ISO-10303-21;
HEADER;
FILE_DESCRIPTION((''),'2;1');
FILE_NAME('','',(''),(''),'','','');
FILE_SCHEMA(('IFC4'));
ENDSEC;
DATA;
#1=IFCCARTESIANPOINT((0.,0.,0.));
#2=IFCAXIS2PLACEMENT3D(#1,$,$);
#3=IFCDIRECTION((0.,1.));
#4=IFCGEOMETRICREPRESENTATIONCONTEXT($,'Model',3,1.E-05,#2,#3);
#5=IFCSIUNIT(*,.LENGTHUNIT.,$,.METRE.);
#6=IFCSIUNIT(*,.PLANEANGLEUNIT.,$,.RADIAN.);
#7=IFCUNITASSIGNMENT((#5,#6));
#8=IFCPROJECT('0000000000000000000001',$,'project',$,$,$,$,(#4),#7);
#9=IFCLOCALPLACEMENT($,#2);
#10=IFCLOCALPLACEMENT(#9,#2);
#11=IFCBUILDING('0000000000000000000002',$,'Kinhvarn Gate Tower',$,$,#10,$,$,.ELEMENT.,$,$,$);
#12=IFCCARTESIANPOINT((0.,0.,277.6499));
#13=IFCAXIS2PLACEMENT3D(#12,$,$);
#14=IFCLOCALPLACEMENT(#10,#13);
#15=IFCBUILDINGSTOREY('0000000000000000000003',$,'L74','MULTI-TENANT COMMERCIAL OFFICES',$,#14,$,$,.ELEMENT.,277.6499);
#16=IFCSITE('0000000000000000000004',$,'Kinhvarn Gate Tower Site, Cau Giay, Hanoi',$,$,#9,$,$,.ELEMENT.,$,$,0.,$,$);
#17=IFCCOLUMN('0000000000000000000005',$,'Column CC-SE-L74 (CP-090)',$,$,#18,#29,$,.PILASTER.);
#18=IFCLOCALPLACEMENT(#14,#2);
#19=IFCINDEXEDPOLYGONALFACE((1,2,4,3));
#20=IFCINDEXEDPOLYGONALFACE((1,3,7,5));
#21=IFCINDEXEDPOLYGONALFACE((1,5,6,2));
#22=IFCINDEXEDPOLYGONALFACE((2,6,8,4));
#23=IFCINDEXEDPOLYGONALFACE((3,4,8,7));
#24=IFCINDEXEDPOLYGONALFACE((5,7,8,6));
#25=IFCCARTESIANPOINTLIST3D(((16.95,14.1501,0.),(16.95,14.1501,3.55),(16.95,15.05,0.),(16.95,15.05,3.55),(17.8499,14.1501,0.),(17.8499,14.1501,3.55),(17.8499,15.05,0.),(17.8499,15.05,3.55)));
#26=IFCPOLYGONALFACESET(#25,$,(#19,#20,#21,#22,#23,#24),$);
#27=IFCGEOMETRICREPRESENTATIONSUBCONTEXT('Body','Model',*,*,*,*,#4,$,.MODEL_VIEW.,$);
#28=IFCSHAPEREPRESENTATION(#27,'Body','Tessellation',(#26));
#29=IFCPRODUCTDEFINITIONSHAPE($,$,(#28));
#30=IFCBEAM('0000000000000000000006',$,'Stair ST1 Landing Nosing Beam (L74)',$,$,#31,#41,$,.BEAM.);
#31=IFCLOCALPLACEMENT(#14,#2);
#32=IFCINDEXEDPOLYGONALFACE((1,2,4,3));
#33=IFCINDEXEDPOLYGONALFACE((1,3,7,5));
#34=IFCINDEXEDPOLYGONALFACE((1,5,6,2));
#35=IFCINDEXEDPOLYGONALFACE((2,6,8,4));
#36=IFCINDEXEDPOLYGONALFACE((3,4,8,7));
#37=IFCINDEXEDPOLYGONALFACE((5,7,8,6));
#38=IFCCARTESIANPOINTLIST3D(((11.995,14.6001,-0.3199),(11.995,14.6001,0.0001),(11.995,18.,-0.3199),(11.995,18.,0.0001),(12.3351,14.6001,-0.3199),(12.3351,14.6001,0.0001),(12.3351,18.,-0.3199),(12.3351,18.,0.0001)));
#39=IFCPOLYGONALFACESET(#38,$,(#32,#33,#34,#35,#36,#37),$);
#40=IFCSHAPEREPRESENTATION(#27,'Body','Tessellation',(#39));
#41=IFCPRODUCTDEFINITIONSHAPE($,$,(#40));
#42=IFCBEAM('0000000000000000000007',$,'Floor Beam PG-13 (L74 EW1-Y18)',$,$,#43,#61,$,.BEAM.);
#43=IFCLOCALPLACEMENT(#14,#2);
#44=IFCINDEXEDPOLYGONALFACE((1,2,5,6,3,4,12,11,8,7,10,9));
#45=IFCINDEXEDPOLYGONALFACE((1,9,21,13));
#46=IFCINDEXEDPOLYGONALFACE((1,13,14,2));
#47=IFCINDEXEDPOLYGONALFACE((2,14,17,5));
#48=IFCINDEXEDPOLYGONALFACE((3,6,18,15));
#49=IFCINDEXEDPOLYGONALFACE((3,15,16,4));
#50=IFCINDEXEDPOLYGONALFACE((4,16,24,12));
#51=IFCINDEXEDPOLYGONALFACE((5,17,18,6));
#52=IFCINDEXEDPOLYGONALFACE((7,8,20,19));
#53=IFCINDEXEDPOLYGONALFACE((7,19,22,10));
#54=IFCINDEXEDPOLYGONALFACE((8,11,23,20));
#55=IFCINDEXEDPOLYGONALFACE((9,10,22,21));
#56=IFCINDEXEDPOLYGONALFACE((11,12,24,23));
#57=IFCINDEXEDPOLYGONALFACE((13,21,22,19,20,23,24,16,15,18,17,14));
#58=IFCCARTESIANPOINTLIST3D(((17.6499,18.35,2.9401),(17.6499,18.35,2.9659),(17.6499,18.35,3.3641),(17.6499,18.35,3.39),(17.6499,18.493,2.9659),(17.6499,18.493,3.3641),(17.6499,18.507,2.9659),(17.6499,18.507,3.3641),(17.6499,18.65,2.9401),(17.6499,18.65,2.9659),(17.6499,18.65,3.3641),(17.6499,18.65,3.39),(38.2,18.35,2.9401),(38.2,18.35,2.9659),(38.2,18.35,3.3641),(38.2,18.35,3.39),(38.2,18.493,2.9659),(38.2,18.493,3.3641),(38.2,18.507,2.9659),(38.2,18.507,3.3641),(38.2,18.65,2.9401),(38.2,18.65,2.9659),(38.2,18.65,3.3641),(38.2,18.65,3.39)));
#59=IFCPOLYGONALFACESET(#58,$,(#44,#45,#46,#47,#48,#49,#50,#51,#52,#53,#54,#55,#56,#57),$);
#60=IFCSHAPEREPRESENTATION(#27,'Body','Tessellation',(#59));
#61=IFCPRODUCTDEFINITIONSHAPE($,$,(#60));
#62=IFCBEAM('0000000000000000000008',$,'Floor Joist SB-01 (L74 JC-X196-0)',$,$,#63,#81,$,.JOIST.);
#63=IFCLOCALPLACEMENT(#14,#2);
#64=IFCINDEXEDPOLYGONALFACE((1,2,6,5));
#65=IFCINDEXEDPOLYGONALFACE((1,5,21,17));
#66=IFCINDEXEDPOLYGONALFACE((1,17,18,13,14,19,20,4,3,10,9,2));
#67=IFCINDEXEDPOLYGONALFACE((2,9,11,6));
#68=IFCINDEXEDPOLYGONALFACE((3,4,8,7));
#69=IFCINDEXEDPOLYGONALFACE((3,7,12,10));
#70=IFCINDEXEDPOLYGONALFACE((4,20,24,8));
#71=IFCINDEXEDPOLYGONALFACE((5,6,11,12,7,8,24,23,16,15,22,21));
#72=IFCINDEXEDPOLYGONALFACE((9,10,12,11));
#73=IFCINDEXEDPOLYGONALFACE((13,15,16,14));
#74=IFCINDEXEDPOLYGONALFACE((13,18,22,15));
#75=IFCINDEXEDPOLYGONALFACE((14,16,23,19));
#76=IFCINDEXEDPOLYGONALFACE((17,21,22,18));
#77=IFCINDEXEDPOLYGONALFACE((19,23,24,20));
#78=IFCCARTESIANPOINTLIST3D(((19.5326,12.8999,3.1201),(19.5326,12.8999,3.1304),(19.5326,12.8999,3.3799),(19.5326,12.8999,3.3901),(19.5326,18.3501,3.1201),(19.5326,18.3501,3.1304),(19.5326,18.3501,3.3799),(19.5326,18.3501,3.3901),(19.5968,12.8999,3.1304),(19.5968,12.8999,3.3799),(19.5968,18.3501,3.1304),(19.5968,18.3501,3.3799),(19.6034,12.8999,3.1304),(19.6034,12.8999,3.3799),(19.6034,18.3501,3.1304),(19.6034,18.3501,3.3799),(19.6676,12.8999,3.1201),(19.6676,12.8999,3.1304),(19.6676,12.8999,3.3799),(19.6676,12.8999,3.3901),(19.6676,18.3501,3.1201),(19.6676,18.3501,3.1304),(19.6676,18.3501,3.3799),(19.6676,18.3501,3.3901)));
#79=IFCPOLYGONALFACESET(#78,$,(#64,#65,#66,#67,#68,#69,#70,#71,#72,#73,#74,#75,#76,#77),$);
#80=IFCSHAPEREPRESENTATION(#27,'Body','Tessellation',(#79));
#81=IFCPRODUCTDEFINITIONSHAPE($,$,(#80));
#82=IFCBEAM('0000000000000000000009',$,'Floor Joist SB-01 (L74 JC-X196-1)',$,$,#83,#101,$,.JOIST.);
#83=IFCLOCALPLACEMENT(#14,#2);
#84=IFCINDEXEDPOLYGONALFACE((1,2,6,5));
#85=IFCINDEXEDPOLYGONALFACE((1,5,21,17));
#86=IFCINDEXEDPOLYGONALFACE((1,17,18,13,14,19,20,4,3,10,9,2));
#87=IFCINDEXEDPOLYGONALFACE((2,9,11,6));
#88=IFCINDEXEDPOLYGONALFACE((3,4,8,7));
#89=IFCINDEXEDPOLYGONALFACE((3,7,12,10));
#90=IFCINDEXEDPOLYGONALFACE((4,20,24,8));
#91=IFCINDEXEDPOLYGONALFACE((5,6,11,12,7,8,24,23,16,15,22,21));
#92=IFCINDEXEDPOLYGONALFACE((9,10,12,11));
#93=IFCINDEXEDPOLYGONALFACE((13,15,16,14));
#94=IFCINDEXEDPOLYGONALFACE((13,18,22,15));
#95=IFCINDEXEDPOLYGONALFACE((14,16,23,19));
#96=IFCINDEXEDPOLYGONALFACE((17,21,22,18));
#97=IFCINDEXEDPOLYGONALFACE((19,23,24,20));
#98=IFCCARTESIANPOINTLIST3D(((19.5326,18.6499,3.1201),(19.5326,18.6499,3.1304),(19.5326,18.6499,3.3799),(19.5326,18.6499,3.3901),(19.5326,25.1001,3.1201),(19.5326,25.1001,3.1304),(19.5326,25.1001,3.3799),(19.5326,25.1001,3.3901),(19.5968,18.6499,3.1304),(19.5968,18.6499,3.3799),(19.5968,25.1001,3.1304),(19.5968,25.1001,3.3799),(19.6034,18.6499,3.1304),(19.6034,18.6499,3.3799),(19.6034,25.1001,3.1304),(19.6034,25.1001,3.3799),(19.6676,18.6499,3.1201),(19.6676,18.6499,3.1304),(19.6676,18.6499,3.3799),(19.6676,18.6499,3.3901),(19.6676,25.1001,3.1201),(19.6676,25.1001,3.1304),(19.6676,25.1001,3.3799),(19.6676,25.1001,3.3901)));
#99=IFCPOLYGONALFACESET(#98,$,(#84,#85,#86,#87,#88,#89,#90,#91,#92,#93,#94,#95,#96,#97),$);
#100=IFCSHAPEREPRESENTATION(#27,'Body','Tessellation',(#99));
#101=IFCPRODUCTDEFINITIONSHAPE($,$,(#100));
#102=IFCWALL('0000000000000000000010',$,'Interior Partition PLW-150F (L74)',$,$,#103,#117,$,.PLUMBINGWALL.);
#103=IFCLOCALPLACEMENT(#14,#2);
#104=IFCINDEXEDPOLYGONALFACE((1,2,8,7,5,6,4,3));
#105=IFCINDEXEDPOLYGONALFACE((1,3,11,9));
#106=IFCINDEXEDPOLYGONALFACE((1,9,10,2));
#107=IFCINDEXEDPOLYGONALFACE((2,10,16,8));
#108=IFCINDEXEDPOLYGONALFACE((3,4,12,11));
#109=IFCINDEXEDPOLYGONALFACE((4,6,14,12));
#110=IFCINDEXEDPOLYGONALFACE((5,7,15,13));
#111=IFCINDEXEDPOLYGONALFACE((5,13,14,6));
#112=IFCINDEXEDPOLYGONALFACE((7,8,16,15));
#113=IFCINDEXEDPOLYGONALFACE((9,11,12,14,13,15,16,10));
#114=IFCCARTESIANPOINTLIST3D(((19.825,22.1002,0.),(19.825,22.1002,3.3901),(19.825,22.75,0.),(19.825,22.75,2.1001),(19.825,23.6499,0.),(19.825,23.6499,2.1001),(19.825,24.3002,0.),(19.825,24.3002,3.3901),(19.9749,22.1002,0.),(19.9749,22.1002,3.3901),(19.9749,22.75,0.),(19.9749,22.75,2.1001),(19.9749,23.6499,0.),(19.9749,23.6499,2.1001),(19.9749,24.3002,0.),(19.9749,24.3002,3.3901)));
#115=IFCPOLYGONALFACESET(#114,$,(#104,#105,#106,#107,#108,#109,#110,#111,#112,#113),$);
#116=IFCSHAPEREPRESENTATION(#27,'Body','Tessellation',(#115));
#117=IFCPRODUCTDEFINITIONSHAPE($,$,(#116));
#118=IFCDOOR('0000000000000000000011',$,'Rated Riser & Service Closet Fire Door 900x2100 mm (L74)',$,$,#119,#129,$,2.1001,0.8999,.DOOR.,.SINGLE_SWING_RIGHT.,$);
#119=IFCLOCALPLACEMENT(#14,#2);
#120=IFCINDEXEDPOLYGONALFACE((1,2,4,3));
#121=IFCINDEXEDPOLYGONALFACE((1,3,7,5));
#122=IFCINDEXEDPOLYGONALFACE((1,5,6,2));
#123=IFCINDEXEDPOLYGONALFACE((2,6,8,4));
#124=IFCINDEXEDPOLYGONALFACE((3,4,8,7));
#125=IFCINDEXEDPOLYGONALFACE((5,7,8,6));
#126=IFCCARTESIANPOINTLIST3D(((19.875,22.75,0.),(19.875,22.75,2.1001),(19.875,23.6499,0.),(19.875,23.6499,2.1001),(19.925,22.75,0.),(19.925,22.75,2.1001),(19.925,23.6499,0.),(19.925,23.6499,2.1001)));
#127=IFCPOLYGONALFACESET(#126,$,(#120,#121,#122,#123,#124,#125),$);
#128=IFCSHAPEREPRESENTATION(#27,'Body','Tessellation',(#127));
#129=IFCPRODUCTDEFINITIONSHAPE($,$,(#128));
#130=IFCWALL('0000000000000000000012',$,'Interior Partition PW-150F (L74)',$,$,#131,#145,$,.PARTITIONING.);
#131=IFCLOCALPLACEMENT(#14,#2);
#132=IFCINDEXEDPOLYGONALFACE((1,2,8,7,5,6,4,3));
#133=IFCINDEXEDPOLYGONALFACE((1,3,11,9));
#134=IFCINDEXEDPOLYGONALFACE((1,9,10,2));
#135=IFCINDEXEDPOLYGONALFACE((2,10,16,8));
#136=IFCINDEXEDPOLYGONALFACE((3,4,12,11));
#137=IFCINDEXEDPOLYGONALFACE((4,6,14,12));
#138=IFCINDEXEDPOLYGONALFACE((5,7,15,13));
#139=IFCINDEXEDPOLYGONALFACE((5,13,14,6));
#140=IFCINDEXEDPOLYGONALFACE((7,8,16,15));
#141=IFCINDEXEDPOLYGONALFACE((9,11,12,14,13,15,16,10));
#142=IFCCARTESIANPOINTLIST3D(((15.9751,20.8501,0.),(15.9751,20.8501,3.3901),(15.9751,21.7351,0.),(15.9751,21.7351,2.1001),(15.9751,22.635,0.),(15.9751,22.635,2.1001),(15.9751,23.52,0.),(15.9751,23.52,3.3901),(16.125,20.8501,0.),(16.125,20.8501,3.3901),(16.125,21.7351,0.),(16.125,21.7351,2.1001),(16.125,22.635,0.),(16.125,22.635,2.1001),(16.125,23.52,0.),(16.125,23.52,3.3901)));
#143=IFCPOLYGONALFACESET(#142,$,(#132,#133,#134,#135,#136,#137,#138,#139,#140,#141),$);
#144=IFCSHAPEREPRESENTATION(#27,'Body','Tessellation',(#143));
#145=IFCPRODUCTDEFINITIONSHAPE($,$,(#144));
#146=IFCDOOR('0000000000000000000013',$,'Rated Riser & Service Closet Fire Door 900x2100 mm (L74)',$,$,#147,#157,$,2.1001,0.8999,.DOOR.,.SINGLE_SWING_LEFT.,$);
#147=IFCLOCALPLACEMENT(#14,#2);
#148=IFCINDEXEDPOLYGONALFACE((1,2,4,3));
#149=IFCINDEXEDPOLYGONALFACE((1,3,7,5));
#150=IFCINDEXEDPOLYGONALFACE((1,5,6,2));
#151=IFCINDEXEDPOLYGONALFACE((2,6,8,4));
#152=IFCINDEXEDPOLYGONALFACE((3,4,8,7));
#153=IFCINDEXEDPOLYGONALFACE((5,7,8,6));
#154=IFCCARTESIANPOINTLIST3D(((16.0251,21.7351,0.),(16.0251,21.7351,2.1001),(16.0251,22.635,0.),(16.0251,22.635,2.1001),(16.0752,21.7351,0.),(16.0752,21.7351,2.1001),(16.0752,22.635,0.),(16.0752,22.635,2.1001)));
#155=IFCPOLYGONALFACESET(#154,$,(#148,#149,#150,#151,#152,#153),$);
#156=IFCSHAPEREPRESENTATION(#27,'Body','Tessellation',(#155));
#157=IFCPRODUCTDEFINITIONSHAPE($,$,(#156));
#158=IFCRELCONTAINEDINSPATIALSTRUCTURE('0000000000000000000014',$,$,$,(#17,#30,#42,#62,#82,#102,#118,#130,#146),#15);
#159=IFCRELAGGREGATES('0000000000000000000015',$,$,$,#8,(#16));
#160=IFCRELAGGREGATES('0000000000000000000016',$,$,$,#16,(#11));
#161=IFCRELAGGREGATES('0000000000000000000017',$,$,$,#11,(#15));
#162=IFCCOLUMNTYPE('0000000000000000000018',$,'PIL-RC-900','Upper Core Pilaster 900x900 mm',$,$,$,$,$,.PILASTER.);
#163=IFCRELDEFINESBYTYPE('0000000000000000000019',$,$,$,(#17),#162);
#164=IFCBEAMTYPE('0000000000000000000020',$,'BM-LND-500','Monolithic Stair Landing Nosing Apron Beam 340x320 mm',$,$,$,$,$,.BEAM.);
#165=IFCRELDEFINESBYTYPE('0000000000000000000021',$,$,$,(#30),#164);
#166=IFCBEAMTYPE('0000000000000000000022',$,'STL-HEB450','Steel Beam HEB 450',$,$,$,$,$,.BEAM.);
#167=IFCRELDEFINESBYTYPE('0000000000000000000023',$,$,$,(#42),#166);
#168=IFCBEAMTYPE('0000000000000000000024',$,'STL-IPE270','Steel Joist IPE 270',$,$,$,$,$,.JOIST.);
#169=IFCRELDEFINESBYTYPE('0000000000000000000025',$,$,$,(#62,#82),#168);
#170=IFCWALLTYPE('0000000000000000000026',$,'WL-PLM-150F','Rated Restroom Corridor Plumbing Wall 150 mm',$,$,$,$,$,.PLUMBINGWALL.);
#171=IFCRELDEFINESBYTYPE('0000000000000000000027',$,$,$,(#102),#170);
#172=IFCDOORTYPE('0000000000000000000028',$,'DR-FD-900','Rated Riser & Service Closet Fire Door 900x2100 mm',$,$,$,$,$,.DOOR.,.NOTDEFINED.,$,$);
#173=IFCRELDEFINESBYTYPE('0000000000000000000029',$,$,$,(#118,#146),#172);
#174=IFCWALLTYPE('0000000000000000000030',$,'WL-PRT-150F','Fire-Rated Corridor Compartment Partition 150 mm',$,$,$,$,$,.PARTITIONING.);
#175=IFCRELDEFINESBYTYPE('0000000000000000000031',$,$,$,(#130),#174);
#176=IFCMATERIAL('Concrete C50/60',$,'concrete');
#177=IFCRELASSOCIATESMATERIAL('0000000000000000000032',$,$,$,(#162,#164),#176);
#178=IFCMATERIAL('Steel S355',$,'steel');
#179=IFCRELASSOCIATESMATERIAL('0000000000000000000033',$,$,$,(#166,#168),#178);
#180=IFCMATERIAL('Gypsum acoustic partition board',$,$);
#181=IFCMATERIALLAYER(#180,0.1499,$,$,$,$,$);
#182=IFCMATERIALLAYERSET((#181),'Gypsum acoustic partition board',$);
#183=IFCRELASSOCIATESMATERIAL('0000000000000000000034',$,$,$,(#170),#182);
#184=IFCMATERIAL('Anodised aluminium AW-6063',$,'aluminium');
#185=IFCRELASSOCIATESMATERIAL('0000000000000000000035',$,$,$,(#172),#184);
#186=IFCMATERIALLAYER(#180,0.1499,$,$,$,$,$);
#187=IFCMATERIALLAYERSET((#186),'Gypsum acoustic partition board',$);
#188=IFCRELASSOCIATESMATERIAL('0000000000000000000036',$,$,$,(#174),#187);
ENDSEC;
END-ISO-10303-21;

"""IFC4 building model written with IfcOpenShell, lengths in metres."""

from ifc_helpers import new_model, si_unit, direction, frame, frame_2d, origin, origin_2d, place, context, subcontext, project, spatial, rectangle, i_section, extrude, material, layer, layer_set, material_profile, profile_set, type_object, element, fill, save


model = new_model("IFC4")

# Units and contexts
model_context = context("Model", 3, precision=1e-05, world=origin(), true_north=direction((0.0, 1.0)))
body_context = subcontext(model_context, "Body", "Model", "MODEL_VIEW")
ifc_project = project(units=[si_unit("LENGTHUNIT", "METRE"), si_unit("PLANEANGLEUNIT", "RADIAN")], contexts=[model_context])

# Site, building, storey
site_placement = place(None, origin())
site = spatial("IfcSite", under=ifc_project, at=site_placement, Name="Kinhvarn Gate Tower Site, Cau Giay, Hanoi", CompositionType="ELEMENT", RefElevation=0.0)
building_placement = place(site_placement, origin())
building = spatial("IfcBuilding", under=site, at=building_placement, Name="Kinhvarn Gate Tower", CompositionType="ELEMENT")
storey_placement = place(building_placement, frame((0.0, 0.0, 277.6499)))
storey = spatial("IfcBuildingStorey", under=building, at=storey_placement, Name="L74", Description="MULTI-TENANT COMMERCIAL OFFICES", CompositionType="ELEMENT", Elevation=277.6499)

# Column
ifc_material_1 = material(Name="Concrete C50/60", Category="concrete")
ifc_material_profile_1 = material_profile(ifc_material_1, rectangle(XDim=0.8999, YDim=0.8999, at=origin_2d()), Name="RC 900x900")
ifc_profile_set_1 = profile_set([ifc_material_profile_1], Name="Concrete C50/60")
column_type = type_object("IfcColumnType", Name="PIL-RC-900", Description="Upper Core Pilaster 900x900 mm", PredefinedType="PILASTER", material=ifc_profile_set_1)
column_placement = place(storey_placement, frame((17.3999, 14.6001, 0.0), z_axis=(0.0, 0.0, 1.0), x_axis=(1.0, 0.0, 0.0)))
element("IfcColumn", 1, at=column_placement, inside=storey, type_object=column_type, Name="Column CC-SE-L74 (CP-090)", PredefinedType="PILASTER", context=body_context, shape_type="SweptSolid", body=[
    extrude(rectangle(XDim=0.8999, YDim=0.8999, at=origin_2d()), origin(), (0.0, 0.0, 1.0), 3.55),
])

# Beams
ifc_material_profile_2 = material_profile(ifc_material_1, rectangle(XDim=0.3401, YDim=0.3201, at=origin_2d()), Name="RC 340x320")
ifc_profile_set_2 = profile_set([ifc_material_profile_2], Name="Concrete C50/60")
beam_type_1 = type_object("IfcBeamType", Name="BM-LND-500", Description="Monolithic Stair Landing Nosing Apron Beam 340x320 mm", PredefinedType="BEAM", material=ifc_profile_set_2)
beam_1_placement = place(storey_placement, frame((12.165, 14.6001, -0.1599), z_axis=(0.0, 1.0, 0.0), x_axis=(-1.0, 0.0, 0.0)))
element("IfcBeam", 2, at=beam_1_placement, inside=storey, type_object=beam_type_1, Name="Stair ST1 Landing Nosing Beam (L74)", PredefinedType="BEAM", context=body_context, shape_type="SweptSolid", body=[
    extrude(rectangle(XDim=0.3401, YDim=0.3201, at=origin_2d()), origin(), (0.0, 0.0, 1.0), 3.3999),
])
ifc_material_2 = material(Name="Steel S355", Category="steel")
ifc_material_profile_3 = material_profile(ifc_material_2, i_section(OverallWidth=0.3, OverallDepth=0.45, WebThickness=0.0139, FlangeThickness=0.0259, at=origin_2d()), Name="HEB 450")
ifc_profile_set_3 = profile_set([ifc_material_profile_3], Name="Steel S355")
beam_type_2 = type_object("IfcBeamType", Name="STL-HEB450", Description="Steel Beam HEB 450", PredefinedType="BEAM", material=ifc_profile_set_3)
beam_2_placement = place(storey_placement, frame((17.6499, 18.5, 3.165), z_axis=(1.0, 0.0, 0.0), x_axis=(0.0, 1.0, 0.0)))
element("IfcBeam", 3, at=beam_2_placement, inside=storey, type_object=beam_type_2, Name="Floor Beam PG-13 (L74 EW1-Y18)", PredefinedType="BEAM", context=body_context, shape_type="SweptSolid", body=[
    extrude(i_section(OverallWidth=0.3, OverallDepth=0.45, WebThickness=0.0139, FlangeThickness=0.0259, at=origin_2d()), origin(), (0.0, 0.0, 1.0), 20.55),
])
ifc_material_profile_4 = material_profile(ifc_material_2, i_section(OverallWidth=0.135, OverallDepth=0.27, WebThickness=0.0066, FlangeThickness=0.0103, at=origin_2d()), Name="IPE 270")
ifc_profile_set_4 = profile_set([ifc_material_profile_4], Name="Steel S355")
beam_type_3 = type_object("IfcBeamType", Name="STL-IPE270", Description="Steel Joist IPE 270", PredefinedType="JOIST", material=ifc_profile_set_4)
beam_3_placement = place(storey_placement, frame((19.6001, 12.8999, 3.2551), z_axis=(0.0, 1.0, 0.0), x_axis=(-1.0, 0.0, 0.0)))
element("IfcBeam", 4, at=beam_3_placement, inside=storey, type_object=beam_type_3, Name="Floor Joist SB-01 (L74 JC-X196-0)", PredefinedType="JOIST", context=body_context, shape_type="SweptSolid", body=[
    extrude(i_section(OverallWidth=0.135, OverallDepth=0.27, WebThickness=0.0066, FlangeThickness=0.0103, at=origin_2d()), origin(), (0.0, 0.0, 1.0), 5.4502),
])
beam_4_placement = place(storey_placement, frame((19.6001, 18.6499, 3.2551), z_axis=(0.0, 1.0, 0.0), x_axis=(-1.0, 0.0, 0.0)))
element("IfcBeam", 5, at=beam_4_placement, inside=storey, type_object=beam_type_3, Name="Floor Joist SB-01 (L74 JC-X196-1)", PredefinedType="JOIST", context=body_context, shape_type="SweptSolid", body=[
    extrude(i_section(OverallWidth=0.135, OverallDepth=0.27, WebThickness=0.0066, FlangeThickness=0.0103, at=origin_2d()), origin(), (0.0, 0.0, 1.0), 6.4502),
])

# Walls, openings, doors
ifc_material_3 = material(Name="Anodised aluminium AW-6063", Category="aluminium")
ifc_material_4 = material(Name="Gypsum acoustic partition board")
ifc_layer_1 = layer(ifc_material_4, 0.1499)
ifc_layer_set_1 = layer_set([ifc_layer_1], Name="Gypsum acoustic partition board")
wall_type_1 = type_object("IfcWallType", Name="WL-PLM-150F", Description="Rated Restroom Corridor Plumbing Wall 150 mm", PredefinedType="PLUMBINGWALL", material=ifc_layer_set_1)
wall_1_placement = place(storey_placement, frame((19.8999, 22.1001, 0.0), z_axis=(0.0, 0.0, 1.0), x_axis=(0.0, 1.0, 0.0)))
wall_1 = element("IfcWall", 6, at=wall_1_placement, inside=storey, type_object=wall_type_1, Name="Interior Partition PLW-150F (L74)", PredefinedType="PLUMBINGWALL", context=body_context, shape_type="SweptSolid", body=[
    extrude(rectangle(XDim=2.2, YDim=0.1499, at=frame_2d((1.1001, 0.0))), origin(), (0.0, 0.0, 1.0), 3.3901),
])
opening_1_placement = place(wall_1_placement, frame((0.6499, 0.0, 0.0)))
opening_1 = element("IfcOpeningElement", 7, at=opening_1_placement, cuts=wall_1, PredefinedType="OPENING", context=body_context, shape_type="SweptSolid", body=[
    extrude(rectangle(XDim=0.8999, YDim=2.1001, at=frame_2d((0.45, 1.05))), frame((0.0, 0.085, 0.0), z_axis=(0.0, -1.0, 0.0), x_axis=(1.0, 0.0, 0.0)), (0.0, 0.0, 1.0), 0.1699),
])
door_type_1 = type_object("IfcDoorType", Name="DR-FD-900", Description="Rated Riser & Service Closet Fire Door 900x2100 mm", OperationType="NOTDEFINED", PredefinedType="DOOR", material=ifc_material_3)
door_1_placement = place(opening_1_placement, origin())
door_1 = element("IfcDoor", 8, at=door_1_placement, inside=storey, type_object=door_type_1, Name="Rated Riser & Service Closet Fire Door 900x2100 mm (L74)", OperationType="SINGLE_SWING_RIGHT", OverallHeight=2.1001, OverallWidth=0.8999, PredefinedType="DOOR", context=body_context, shape_type="SweptSolid", body=[
    extrude(rectangle(XDim=0.8999, YDim=2.1001, at=frame_2d((0.45, 1.05))), frame((0.0, 0.0249, 0.0), z_axis=(0.0, -1.0, 0.0), x_axis=(1.0, 0.0, 0.0)), (0.0, 0.0, 1.0), 0.05),
])
fill(opening_1, door_1)
ifc_layer_2 = layer(ifc_material_4, 0.1499)
ifc_layer_set_2 = layer_set([ifc_layer_2], Name="Gypsum acoustic partition board")
wall_type_2 = type_object("IfcWallType", Name="WL-PRT-150F", Description="Fire-Rated Corridor Compartment Partition 150 mm", PredefinedType="PARTITIONING", material=ifc_layer_set_2)
wall_2_placement = place(storey_placement, frame((16.05, 20.8501, 0.0), z_axis=(0.0, 0.0, 1.0), x_axis=(0.0, 1.0, 0.0)))
wall_2 = element("IfcWall", 9, at=wall_2_placement, inside=storey, type_object=wall_type_2, Name="Interior Partition PW-150F (L74)", PredefinedType="PARTITIONING", context=body_context, shape_type="SweptSolid", body=[
    extrude(rectangle(XDim=2.6699, YDim=0.1499, at=frame_2d((1.335, 0.0))), origin(), (0.0, 0.0, 1.0), 3.3901),
])
opening_2_placement = place(wall_2_placement, frame((0.885, 0.0, 0.0)))
opening_2 = element("IfcOpeningElement", 10, at=opening_2_placement, cuts=wall_2, PredefinedType="OPENING", context=body_context, shape_type="SweptSolid", body=[
    extrude(rectangle(XDim=0.8999, YDim=2.1001, at=frame_2d((0.45, 1.05))), frame((0.0, 0.085, 0.0), z_axis=(0.0, -1.0, 0.0), x_axis=(1.0, 0.0, 0.0)), (0.0, 0.0, 1.0), 0.1699),
])
door_2_placement = place(opening_2_placement, origin())
door_2 = element("IfcDoor", 11, at=door_2_placement, inside=storey, type_object=door_type_1, Name="Rated Riser & Service Closet Fire Door 900x2100 mm (L74)", OperationType="SINGLE_SWING_LEFT", OverallHeight=2.1001, OverallWidth=0.8999, PredefinedType="DOOR", context=body_context, shape_type="SweptSolid", body=[
    extrude(rectangle(XDim=0.8999, YDim=2.1001, at=frame_2d((0.45, 1.05))), frame((0.0, 0.0249, 0.0), z_axis=(0.0, -1.0, 0.0), x_axis=(1.0, 0.0, 0.0)), (0.0, 0.0, 1.0), 0.05),
])
fill(opening_2, door_2)

save(model, "model.ifc")
